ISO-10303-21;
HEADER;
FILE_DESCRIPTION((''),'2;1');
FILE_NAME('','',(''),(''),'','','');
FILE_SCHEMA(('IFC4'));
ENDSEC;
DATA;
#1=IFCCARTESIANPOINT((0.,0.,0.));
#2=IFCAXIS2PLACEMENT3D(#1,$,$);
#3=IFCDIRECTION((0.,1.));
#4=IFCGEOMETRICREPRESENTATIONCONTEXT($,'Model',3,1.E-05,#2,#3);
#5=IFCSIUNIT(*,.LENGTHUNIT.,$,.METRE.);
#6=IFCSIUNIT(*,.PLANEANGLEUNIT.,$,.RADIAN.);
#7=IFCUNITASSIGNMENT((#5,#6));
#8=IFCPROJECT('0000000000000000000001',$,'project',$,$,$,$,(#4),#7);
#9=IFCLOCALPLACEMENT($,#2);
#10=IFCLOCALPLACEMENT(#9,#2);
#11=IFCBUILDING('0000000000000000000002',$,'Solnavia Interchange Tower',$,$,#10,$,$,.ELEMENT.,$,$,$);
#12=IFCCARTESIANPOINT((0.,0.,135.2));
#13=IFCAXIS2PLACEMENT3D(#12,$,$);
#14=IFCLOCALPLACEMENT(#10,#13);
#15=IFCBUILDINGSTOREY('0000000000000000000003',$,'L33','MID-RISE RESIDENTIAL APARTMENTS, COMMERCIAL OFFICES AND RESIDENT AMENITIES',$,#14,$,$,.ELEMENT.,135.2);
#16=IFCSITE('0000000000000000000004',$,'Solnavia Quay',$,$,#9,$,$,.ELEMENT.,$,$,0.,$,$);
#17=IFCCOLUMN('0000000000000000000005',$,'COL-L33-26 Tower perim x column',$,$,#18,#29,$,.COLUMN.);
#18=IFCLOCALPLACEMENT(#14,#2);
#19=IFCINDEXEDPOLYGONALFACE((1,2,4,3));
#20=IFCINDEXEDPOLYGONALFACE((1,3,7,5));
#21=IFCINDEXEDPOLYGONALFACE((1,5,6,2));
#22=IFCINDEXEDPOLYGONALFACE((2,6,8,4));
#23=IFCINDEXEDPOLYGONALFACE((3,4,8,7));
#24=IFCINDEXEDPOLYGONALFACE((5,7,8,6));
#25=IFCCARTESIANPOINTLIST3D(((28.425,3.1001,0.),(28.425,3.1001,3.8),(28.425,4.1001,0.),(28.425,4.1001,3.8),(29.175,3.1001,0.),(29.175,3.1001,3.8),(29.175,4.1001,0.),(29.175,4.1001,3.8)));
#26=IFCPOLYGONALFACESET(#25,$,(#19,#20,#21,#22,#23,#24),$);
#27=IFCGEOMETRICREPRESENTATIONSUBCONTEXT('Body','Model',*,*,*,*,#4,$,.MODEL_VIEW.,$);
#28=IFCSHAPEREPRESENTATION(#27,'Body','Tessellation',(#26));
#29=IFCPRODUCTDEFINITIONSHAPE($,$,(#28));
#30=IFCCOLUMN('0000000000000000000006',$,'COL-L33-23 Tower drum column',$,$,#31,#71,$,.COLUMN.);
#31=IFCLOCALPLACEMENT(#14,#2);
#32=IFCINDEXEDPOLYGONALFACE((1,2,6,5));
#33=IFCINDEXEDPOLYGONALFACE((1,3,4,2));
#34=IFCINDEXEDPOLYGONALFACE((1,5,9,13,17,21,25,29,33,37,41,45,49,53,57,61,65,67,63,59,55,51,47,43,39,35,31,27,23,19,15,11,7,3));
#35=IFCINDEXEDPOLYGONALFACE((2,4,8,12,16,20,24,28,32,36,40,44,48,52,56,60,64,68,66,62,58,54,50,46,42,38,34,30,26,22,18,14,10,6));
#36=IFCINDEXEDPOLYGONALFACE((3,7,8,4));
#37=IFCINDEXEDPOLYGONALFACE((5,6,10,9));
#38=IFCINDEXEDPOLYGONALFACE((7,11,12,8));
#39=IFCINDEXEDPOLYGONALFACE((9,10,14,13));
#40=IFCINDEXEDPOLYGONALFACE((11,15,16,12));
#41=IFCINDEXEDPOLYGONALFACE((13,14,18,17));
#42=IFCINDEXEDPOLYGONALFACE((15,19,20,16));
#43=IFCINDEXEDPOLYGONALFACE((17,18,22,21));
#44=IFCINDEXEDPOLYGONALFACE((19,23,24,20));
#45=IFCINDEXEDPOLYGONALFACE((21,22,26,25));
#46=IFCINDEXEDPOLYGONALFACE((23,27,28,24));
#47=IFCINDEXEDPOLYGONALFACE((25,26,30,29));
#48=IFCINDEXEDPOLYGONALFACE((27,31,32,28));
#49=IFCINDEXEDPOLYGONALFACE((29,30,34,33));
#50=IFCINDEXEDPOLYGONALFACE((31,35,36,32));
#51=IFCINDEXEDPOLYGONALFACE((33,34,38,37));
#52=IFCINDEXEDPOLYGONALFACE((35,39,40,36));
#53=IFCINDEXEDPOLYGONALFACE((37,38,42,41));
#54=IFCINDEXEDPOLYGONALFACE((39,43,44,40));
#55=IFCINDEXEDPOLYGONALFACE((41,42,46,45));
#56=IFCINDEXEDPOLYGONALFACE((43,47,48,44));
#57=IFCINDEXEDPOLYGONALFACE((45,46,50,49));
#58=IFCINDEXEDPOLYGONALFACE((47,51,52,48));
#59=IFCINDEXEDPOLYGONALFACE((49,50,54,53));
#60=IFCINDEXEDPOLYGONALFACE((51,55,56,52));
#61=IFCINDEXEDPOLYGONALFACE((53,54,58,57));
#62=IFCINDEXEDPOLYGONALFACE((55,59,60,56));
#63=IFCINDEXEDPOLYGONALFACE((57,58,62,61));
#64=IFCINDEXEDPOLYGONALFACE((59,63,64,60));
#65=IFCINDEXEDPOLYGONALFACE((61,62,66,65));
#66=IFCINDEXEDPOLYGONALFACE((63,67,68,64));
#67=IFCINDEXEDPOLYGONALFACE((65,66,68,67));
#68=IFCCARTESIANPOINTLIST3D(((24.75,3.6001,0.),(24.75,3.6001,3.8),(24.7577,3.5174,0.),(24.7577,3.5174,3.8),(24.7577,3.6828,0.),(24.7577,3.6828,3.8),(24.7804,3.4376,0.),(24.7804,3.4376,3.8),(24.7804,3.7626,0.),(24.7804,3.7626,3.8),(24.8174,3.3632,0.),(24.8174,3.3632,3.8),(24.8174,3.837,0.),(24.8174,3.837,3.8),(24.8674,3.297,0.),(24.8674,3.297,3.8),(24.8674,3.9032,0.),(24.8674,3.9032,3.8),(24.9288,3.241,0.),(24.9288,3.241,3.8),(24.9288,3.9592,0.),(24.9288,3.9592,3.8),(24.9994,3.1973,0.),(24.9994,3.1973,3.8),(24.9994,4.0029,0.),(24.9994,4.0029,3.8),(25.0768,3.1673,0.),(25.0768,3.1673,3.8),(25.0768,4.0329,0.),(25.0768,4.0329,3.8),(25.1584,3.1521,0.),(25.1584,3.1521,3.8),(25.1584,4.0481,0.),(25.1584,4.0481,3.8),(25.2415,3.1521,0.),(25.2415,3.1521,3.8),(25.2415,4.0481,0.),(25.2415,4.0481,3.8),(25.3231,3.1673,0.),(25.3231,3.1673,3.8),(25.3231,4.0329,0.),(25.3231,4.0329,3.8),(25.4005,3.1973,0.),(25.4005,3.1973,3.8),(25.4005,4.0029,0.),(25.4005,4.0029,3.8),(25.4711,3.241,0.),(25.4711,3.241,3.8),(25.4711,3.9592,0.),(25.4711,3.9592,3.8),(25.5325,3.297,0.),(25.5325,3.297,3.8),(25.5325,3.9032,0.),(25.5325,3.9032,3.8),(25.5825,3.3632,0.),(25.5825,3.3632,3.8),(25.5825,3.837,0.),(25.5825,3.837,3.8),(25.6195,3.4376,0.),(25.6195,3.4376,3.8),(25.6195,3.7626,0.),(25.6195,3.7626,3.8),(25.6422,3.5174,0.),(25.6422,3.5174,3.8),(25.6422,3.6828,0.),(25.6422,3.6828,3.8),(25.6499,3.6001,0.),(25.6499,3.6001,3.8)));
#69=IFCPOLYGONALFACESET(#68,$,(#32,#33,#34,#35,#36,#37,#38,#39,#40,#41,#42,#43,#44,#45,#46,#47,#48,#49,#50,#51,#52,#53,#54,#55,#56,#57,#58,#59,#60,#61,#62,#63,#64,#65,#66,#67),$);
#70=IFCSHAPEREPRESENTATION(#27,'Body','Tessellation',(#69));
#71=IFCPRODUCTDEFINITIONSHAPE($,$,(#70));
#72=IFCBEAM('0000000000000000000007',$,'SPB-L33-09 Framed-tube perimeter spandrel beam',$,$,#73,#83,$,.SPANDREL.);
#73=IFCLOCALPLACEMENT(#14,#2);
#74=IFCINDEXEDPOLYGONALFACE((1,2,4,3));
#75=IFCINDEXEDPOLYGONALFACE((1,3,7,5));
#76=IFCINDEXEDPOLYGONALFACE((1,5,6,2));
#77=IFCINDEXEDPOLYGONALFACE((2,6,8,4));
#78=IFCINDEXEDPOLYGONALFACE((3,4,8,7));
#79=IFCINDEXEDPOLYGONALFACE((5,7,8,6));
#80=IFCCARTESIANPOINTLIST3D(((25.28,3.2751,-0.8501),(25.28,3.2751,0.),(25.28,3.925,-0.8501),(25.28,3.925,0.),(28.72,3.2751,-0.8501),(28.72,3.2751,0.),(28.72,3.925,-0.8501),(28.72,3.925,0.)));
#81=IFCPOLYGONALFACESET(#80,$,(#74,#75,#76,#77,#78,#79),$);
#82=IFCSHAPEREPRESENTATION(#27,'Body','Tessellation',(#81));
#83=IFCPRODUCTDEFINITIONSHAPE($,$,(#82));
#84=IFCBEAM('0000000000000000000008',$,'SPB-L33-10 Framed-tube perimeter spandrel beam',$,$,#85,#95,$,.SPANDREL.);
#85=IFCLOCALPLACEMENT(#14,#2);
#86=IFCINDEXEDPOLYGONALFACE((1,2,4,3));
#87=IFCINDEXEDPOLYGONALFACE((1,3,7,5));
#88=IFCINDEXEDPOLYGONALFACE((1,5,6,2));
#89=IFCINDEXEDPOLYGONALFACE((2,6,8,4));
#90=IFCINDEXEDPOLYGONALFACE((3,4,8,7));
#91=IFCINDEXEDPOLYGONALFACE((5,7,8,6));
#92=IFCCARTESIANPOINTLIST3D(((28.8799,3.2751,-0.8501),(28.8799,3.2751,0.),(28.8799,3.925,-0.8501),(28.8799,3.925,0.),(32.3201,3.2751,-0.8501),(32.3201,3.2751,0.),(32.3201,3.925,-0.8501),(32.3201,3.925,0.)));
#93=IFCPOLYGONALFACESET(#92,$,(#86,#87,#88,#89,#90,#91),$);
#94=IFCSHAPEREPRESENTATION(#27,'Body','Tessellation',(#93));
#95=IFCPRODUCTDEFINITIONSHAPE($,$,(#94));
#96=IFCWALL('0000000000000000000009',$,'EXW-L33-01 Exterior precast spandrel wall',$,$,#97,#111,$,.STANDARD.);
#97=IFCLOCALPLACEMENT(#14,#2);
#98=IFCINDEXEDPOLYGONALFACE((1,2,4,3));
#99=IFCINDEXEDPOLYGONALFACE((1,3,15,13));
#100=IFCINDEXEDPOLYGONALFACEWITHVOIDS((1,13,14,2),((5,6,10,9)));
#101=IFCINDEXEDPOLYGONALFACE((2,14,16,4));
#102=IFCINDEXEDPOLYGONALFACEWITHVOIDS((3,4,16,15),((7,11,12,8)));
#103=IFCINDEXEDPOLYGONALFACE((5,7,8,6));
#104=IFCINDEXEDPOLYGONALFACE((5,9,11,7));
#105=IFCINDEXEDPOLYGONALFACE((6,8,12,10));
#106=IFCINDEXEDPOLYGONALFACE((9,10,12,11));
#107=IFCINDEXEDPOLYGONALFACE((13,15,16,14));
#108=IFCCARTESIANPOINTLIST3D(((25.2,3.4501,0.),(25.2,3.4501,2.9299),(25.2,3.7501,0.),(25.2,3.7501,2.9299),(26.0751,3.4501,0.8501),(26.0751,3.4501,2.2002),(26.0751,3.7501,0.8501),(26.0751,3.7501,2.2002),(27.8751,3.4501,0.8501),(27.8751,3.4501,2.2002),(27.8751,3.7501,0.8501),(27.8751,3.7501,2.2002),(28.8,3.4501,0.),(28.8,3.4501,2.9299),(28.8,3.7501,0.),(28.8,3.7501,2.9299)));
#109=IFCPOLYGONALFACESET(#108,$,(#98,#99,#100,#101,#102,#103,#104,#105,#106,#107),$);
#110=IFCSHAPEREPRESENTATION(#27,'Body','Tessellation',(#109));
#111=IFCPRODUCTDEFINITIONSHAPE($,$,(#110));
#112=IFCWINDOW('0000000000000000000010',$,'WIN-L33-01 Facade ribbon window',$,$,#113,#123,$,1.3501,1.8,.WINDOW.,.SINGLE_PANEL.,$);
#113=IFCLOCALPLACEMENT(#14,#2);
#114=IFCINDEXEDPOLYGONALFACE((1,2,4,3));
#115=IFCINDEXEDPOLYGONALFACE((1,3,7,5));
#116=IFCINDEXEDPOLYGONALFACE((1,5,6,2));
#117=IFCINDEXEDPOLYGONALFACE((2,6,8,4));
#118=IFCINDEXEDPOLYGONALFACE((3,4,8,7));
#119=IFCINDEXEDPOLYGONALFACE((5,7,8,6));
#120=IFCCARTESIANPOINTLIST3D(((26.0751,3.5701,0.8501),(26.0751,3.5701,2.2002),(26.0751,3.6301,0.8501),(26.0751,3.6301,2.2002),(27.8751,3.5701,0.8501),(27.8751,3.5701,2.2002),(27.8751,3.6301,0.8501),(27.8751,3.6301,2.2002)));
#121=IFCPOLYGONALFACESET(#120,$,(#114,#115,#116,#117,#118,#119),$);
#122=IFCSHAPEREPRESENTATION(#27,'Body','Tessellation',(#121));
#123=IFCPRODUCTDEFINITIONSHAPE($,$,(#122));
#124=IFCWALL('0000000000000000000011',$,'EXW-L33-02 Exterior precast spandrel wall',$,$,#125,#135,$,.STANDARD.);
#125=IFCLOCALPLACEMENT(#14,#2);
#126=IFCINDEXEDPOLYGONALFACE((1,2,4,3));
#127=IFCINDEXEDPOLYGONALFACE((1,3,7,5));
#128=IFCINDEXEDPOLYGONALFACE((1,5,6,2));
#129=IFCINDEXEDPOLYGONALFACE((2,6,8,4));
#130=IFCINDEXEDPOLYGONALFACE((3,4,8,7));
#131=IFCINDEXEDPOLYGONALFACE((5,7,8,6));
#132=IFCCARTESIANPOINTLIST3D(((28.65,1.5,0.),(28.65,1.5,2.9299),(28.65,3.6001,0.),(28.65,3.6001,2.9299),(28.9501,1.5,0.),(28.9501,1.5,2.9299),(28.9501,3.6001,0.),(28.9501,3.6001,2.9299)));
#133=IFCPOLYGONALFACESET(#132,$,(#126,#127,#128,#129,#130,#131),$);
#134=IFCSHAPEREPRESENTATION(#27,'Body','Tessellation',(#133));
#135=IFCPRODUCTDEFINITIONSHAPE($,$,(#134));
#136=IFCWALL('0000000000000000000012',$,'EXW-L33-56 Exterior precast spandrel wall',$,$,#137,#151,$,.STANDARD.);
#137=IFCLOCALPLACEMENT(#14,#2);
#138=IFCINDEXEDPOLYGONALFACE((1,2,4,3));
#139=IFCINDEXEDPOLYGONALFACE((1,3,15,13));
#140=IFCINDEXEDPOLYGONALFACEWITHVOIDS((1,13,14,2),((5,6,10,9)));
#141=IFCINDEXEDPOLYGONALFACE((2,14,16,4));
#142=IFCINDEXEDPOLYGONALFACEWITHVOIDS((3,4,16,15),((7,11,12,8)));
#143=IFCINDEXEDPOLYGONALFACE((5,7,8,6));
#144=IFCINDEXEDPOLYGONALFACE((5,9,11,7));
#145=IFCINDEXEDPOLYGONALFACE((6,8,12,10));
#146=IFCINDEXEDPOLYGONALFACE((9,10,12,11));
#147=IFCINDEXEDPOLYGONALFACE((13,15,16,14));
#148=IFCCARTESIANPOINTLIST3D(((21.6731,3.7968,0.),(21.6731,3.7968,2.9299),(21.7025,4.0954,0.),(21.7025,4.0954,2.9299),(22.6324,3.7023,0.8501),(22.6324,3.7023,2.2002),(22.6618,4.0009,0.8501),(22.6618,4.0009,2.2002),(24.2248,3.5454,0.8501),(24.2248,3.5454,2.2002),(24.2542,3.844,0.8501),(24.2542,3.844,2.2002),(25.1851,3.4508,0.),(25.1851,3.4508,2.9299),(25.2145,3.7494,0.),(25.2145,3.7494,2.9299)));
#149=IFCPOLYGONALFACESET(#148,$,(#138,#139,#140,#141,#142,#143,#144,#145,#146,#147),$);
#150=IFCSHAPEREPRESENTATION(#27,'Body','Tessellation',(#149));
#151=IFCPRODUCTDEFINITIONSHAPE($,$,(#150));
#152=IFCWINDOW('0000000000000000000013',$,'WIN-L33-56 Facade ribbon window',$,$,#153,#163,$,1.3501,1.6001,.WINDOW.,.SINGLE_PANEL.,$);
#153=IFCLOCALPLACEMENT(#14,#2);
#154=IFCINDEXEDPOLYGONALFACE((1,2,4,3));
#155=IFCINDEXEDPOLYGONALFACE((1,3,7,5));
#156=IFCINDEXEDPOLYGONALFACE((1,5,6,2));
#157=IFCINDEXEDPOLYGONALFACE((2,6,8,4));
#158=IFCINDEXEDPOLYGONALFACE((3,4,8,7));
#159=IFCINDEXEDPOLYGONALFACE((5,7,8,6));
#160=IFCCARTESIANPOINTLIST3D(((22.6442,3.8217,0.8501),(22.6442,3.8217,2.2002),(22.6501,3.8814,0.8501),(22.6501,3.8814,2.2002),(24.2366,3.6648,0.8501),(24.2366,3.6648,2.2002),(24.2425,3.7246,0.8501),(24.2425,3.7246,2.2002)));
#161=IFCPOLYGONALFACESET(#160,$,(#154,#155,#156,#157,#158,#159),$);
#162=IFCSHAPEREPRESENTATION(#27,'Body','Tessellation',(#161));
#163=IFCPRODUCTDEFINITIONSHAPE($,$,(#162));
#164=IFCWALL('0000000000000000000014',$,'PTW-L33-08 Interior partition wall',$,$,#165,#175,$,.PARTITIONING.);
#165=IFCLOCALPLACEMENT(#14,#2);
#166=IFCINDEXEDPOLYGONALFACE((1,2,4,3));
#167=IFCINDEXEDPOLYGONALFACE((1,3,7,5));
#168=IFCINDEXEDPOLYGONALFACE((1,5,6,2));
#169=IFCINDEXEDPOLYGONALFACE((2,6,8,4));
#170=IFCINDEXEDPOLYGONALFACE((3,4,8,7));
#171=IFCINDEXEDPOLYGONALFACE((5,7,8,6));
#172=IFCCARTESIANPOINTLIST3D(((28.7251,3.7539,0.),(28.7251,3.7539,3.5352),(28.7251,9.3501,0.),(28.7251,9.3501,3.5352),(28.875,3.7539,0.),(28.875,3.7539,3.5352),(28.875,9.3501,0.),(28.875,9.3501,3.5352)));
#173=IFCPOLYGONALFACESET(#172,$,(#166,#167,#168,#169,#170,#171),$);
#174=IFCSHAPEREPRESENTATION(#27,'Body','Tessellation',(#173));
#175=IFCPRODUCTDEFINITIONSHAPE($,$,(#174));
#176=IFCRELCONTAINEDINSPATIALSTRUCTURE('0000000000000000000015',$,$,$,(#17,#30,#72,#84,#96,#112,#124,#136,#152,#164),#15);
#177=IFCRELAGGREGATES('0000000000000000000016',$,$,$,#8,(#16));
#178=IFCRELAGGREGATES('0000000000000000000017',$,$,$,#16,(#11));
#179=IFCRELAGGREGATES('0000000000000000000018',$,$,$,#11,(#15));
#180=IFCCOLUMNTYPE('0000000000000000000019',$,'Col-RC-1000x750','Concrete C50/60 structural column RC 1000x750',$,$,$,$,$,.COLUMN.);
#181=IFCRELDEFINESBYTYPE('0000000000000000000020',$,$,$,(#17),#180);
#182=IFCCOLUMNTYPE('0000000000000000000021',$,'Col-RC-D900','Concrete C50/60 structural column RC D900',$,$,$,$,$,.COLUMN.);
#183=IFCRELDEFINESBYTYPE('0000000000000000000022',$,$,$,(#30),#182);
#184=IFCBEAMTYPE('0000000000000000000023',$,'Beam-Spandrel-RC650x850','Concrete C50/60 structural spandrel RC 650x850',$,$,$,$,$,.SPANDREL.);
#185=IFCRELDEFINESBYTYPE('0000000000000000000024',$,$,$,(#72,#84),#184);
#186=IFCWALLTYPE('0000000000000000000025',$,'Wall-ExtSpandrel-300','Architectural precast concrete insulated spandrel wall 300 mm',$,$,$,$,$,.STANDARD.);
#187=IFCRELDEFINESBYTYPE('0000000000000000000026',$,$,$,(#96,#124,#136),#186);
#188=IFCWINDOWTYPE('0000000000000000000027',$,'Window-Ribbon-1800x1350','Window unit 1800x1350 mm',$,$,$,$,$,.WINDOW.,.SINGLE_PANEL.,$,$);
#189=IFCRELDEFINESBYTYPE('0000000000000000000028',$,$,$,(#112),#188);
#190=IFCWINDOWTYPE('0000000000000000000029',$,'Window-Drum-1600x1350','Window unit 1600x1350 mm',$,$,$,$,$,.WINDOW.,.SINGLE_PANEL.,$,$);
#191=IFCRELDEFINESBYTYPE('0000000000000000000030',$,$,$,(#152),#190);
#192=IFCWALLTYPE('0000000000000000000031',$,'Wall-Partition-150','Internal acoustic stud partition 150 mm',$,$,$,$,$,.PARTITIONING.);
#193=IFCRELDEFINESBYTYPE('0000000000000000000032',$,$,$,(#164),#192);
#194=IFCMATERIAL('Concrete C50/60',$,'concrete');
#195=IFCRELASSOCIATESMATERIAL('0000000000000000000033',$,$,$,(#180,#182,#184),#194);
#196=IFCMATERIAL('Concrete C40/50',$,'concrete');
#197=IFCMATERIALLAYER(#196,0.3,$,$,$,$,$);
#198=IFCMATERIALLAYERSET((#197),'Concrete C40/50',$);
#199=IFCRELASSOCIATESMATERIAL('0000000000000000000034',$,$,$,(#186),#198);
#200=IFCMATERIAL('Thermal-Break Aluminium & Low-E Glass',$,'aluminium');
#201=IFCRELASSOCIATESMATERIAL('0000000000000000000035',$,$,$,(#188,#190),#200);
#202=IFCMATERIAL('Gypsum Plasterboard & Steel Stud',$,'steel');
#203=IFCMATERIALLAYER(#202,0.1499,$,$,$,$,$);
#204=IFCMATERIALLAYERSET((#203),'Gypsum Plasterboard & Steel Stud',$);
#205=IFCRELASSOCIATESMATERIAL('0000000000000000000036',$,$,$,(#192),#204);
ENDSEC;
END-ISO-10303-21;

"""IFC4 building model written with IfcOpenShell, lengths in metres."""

from ifc_helpers import new_model, si_unit, direction, frame, frame_2d, origin, origin_2d, place, context, subcontext, project, spatial, rectangle, circle, extrude, material, layer, layer_set, material_profile, profile_set, type_object, element, fill, save


model = new_model("IFC4")

# Units and contexts
model_context = context("Model", 3, precision=1e-05, world=origin(), true_north=direction((0.0, 1.0)))
body_context = subcontext(model_context, "Body", "Model", "MODEL_VIEW")
ifc_project = project(units=[si_unit("LENGTHUNIT", "METRE"), si_unit("PLANEANGLEUNIT", "RADIAN")], contexts=[model_context])

# Site, building, storey
site_placement = place(None, origin())
site = spatial("IfcSite", under=ifc_project, at=site_placement, Name="Solnavia Quay", CompositionType="ELEMENT", RefElevation=0.0)
building_placement = place(site_placement, origin())
building = spatial("IfcBuilding", under=site, at=building_placement, Name="Solnavia Interchange Tower", CompositionType="ELEMENT")
storey_placement = place(building_placement, frame((0.0, 0.0, 135.2)))
storey = spatial("IfcBuildingStorey", under=building, at=storey_placement, Name="L33", Description="MID-RISE RESIDENTIAL APARTMENTS, COMMERCIAL OFFICES AND RESIDENT AMENITIES", CompositionType="ELEMENT", Elevation=135.2)

# Columns
ifc_material_1 = material(Name="Concrete C50/60", Category="concrete")
ifc_material_profile_1 = material_profile(ifc_material_1, rectangle(XDim=0.75, YDim=1.0, at=origin_2d()), Name="RC 1000x750")
ifc_profile_set_1 = profile_set([ifc_material_profile_1], Name="Concrete C50/60")
column_type_1 = type_object("IfcColumnType", Name="Col-RC-1000x750", Description="Concrete C50/60 structural column RC 1000x750", PredefinedType="COLUMN", material=ifc_profile_set_1)
column_1_placement = place(storey_placement, frame((28.8, 3.6001, 0.0), z_axis=(0.0, 0.0, 1.0), x_axis=(1.0, 0.0, 0.0)))
element("IfcColumn", 1, at=column_1_placement, inside=storey, type_object=column_type_1, Name="COL-L33-26 Tower perim x column", PredefinedType="COLUMN", context=body_context, shape_type="SweptSolid", body=[
    extrude(rectangle(XDim=0.75, YDim=1.0, at=origin_2d()), origin(), (0.0, 0.0, 1.0), 3.8),
])
ifc_material_profile_2 = material_profile(ifc_material_1, circle(Radius=0.45, at=origin_2d()), Name="RC D900")
ifc_profile_set_2 = profile_set([ifc_material_profile_2], Name="Concrete C50/60")
column_type_2 = type_object("IfcColumnType", Name="Col-RC-D900", Description="Concrete C50/60 structural column RC D900", PredefinedType="COLUMN", material=ifc_profile_set_2)
column_2_placement = place(storey_placement, frame((25.2, 3.6001, 0.0), z_axis=(0.0, 0.0, 1.0), x_axis=(1.0, 0.0, 0.0)))
element("IfcColumn", 2, at=column_2_placement, inside=storey, type_object=column_type_2, Name="COL-L33-23 Tower drum column", PredefinedType="COLUMN", context=body_context, shape_type="SweptSolid", body=[
    extrude(circle(Radius=0.45, at=origin_2d()), origin(), (0.0, 0.0, 1.0), 3.8),
])

# Beams
ifc_material_profile_3 = material_profile(ifc_material_1, rectangle(XDim=0.6499, YDim=0.8501, at=origin_2d()), Name="RC 650x850")
ifc_profile_set_3 = profile_set([ifc_material_profile_3], Name="Concrete C50/60")
beam_type = type_object("IfcBeamType", Name="Beam-Spandrel-RC650x850", Description="Concrete C50/60 structural spandrel RC 650x850", PredefinedType="SPANDREL", material=ifc_profile_set_3)
beam_1_placement = place(storey_placement, frame((25.28, 3.6001, -0.425), z_axis=(1.0, 0.0, 0.0), x_axis=(0.0, 1.0, 0.0)))
element("IfcBeam", 3, at=beam_1_placement, inside=storey, type_object=beam_type, Name="SPB-L33-09 Framed-tube perimeter spandrel beam", PredefinedType="SPANDREL", context=body_context, shape_type="SweptSolid", body=[
    extrude(rectangle(XDim=0.6499, YDim=0.8501, at=origin_2d()), origin(), (0.0, 0.0, 1.0), 3.4399),
])
beam_2_placement = place(storey_placement, frame((28.8799, 3.6001, -0.425), z_axis=(1.0, 0.0, 0.0), x_axis=(0.0, 1.0, 0.0)))
element("IfcBeam", 4, at=beam_2_placement, inside=storey, type_object=beam_type, Name="SPB-L33-10 Framed-tube perimeter spandrel beam", PredefinedType="SPANDREL", context=body_context, shape_type="SweptSolid", body=[
    extrude(rectangle(XDim=0.6499, YDim=0.8501, at=origin_2d()), origin(), (0.0, 0.0, 1.0), 3.4402),
])

# Wall, opening, window
ifc_material_2 = material(Name="Concrete C40/50", Category="concrete")
ifc_layer_1 = layer(ifc_material_2, 0.3)
ifc_layer_set_1 = layer_set([ifc_layer_1], Name="Concrete C40/50")
wall_type_1 = type_object("IfcWallType", Name="Wall-ExtSpandrel-300", Description="Architectural precast concrete insulated spandrel wall 300 mm", PredefinedType="STANDARD", material=ifc_layer_set_1)
wall_1_placement = place(storey_placement, frame((28.8, 3.6001, 0.0), z_axis=(0.0, 0.0, 1.0), x_axis=(-1.0, 0.0, 0.0)))
wall_1 = element("IfcWall", 5, at=wall_1_placement, inside=storey, type_object=wall_type_1, Name="EXW-L33-01 Exterior precast spandrel wall", PredefinedType="STANDARD", context=body_context, shape_type="SweptSolid", body=[
    extrude(rectangle(XDim=3.6001, YDim=0.3, at=frame_2d((1.8, 0.0))), origin(), (0.0, 0.0, 1.0), 2.9299),
])
opening_1_placement = place(wall_1_placement, frame((0.925, 0.0, 0.8501)))
opening_1 = element("IfcOpeningElement", 6, at=opening_1_placement, cuts=wall_1, PredefinedType="OPENING", context=body_context, shape_type="SweptSolid", body=[
    extrude(rectangle(XDim=1.8, YDim=1.3501, at=frame_2d((0.8999, 0.675))), frame((0.0, 0.1602, 0.0), z_axis=(0.0, -1.0, 0.0), x_axis=(1.0, 0.0, 0.0)), (0.0, 0.0, 1.0), 0.3201),
])
ifc_material_3 = material(Name="Thermal-Break Aluminium & Low-E Glass", Category="aluminium")
window_type_1 = type_object("IfcWindowType", Name="Window-Ribbon-1800x1350", Description="Window unit 1800x1350 mm", PartitioningType="SINGLE_PANEL", PredefinedType="WINDOW", material=ifc_material_3)
window_1_placement = place(opening_1_placement, origin())
window_1 = element("IfcWindow", 7, at=window_1_placement, inside=storey, type_object=window_type_1, Name="WIN-L33-01 Facade ribbon window", OverallHeight=1.3501, OverallWidth=1.8, PartitioningType="SINGLE_PANEL", PredefinedType="WINDOW", context=body_context, shape_type="SweptSolid", body=[
    extrude(rectangle(XDim=1.8, YDim=1.3501, at=frame_2d((0.8999, 0.675))), frame((0.0, 0.03, 0.0), z_axis=(0.0, -1.0, 0.0), x_axis=(1.0, 0.0, 0.0)), (0.0, 0.0, 1.0), 0.0601),
])
fill(opening_1, window_1)

# Wall
wall_2_placement = place(storey_placement, frame((28.8, 3.6001, 0.0), z_axis=(0.0, 0.0, 1.0), x_axis=(0.0, -1.0, 0.0)))
element("IfcWall", 8, at=wall_2_placement, inside=storey, type_object=wall_type_1, Name="EXW-L33-02 Exterior precast spandrel wall", PredefinedType="STANDARD", context=body_context, shape_type="SweptSolid", body=[
    extrude(rectangle(XDim=2.1001, YDim=0.3, at=frame_2d((1.05, 0.0))), origin(), (0.0, 0.0, 1.0), 2.9299),
])

# Wall, opening, window
wall_3_placement = place(storey_placement, frame((25.2, 3.6001, 0.0), z_axis=(0.0, 0.0, 1.0), x_axis=(-0.995183, 0.098031, 0.0)))
wall_3 = element("IfcWall", 9, at=wall_3_placement, inside=storey, type_object=wall_type_1, Name="EXW-L33-56 Exterior precast spandrel wall", PredefinedType="STANDARD", context=body_context, shape_type="SweptSolid", body=[
    extrude(rectangle(XDim=3.5291, YDim=0.3, at=frame_2d((1.7646, 0.0))), origin(), (0.0, 0.0, 1.0), 2.9299),
])
opening_2_placement = place(wall_3_placement, frame((0.9651, 0.0, 0.8501)))
opening_2 = element("IfcOpeningElement", 10, at=opening_2_placement, cuts=wall_3, PredefinedType="OPENING", context=body_context, shape_type="SweptSolid", body=[
    extrude(rectangle(XDim=1.6001, YDim=1.3501, at=frame_2d((0.8, 0.675))), frame((0.0, 0.1602, 0.0), z_axis=(0.0, -1.0, 0.0), x_axis=(1.0, 0.0, 0.0)), (0.0, 0.0, 1.0), 0.3201),
])
window_type_2 = type_object("IfcWindowType", Name="Window-Drum-1600x1350", Description="Window unit 1600x1350 mm", PartitioningType="SINGLE_PANEL", PredefinedType="WINDOW", material=ifc_material_3)
window_2_placement = place(opening_2_placement, origin())
window_2 = element("IfcWindow", 11, at=window_2_placement, inside=storey, type_object=window_type_2, Name="WIN-L33-56 Facade ribbon window", OverallHeight=1.3501, OverallWidth=1.6001, PartitioningType="SINGLE_PANEL", PredefinedType="WINDOW", context=body_context, shape_type="SweptSolid", body=[
    extrude(rectangle(XDim=1.6001, YDim=1.3501, at=frame_2d((0.8, 0.675))), frame((0.0, 0.03, 0.0), z_axis=(0.0, -1.0, 0.0), x_axis=(1.0, 0.0, 0.0)), (0.0, 0.0, 1.0), 0.0601),
])
fill(opening_2, window_2)

# Wall
ifc_material_4 = material(Name="Gypsum Plasterboard & Steel Stud", Category="steel")
ifc_layer_2 = layer(ifc_material_4, 0.1499)
ifc_layer_set_2 = layer_set([ifc_layer_2], Name="Gypsum Plasterboard & Steel Stud")
wall_type_2 = type_object("IfcWallType", Name="Wall-Partition-150", Description="Internal acoustic stud partition 150 mm", PredefinedType="PARTITIONING", material=ifc_layer_set_2)
wall_4_placement = place(storey_placement, frame((28.8, 9.3501, 0.0), z_axis=(0.0, 0.0, 1.0), x_axis=(0.0, -1.0, 0.0)))
element("IfcWall", 12, at=wall_4_placement, inside=storey, type_object=wall_type_2, Name="PTW-L33-08 Interior partition wall", PredefinedType="PARTITIONING", context=body_context, shape_type="SweptSolid", body=[
    extrude(rectangle(XDim=5.5962, YDim=0.1499, at=frame_2d((2.7981, 0.0))), origin(), (0.0, 0.0, 1.0), 3.5352),
])

save(model, "model.ifc")
